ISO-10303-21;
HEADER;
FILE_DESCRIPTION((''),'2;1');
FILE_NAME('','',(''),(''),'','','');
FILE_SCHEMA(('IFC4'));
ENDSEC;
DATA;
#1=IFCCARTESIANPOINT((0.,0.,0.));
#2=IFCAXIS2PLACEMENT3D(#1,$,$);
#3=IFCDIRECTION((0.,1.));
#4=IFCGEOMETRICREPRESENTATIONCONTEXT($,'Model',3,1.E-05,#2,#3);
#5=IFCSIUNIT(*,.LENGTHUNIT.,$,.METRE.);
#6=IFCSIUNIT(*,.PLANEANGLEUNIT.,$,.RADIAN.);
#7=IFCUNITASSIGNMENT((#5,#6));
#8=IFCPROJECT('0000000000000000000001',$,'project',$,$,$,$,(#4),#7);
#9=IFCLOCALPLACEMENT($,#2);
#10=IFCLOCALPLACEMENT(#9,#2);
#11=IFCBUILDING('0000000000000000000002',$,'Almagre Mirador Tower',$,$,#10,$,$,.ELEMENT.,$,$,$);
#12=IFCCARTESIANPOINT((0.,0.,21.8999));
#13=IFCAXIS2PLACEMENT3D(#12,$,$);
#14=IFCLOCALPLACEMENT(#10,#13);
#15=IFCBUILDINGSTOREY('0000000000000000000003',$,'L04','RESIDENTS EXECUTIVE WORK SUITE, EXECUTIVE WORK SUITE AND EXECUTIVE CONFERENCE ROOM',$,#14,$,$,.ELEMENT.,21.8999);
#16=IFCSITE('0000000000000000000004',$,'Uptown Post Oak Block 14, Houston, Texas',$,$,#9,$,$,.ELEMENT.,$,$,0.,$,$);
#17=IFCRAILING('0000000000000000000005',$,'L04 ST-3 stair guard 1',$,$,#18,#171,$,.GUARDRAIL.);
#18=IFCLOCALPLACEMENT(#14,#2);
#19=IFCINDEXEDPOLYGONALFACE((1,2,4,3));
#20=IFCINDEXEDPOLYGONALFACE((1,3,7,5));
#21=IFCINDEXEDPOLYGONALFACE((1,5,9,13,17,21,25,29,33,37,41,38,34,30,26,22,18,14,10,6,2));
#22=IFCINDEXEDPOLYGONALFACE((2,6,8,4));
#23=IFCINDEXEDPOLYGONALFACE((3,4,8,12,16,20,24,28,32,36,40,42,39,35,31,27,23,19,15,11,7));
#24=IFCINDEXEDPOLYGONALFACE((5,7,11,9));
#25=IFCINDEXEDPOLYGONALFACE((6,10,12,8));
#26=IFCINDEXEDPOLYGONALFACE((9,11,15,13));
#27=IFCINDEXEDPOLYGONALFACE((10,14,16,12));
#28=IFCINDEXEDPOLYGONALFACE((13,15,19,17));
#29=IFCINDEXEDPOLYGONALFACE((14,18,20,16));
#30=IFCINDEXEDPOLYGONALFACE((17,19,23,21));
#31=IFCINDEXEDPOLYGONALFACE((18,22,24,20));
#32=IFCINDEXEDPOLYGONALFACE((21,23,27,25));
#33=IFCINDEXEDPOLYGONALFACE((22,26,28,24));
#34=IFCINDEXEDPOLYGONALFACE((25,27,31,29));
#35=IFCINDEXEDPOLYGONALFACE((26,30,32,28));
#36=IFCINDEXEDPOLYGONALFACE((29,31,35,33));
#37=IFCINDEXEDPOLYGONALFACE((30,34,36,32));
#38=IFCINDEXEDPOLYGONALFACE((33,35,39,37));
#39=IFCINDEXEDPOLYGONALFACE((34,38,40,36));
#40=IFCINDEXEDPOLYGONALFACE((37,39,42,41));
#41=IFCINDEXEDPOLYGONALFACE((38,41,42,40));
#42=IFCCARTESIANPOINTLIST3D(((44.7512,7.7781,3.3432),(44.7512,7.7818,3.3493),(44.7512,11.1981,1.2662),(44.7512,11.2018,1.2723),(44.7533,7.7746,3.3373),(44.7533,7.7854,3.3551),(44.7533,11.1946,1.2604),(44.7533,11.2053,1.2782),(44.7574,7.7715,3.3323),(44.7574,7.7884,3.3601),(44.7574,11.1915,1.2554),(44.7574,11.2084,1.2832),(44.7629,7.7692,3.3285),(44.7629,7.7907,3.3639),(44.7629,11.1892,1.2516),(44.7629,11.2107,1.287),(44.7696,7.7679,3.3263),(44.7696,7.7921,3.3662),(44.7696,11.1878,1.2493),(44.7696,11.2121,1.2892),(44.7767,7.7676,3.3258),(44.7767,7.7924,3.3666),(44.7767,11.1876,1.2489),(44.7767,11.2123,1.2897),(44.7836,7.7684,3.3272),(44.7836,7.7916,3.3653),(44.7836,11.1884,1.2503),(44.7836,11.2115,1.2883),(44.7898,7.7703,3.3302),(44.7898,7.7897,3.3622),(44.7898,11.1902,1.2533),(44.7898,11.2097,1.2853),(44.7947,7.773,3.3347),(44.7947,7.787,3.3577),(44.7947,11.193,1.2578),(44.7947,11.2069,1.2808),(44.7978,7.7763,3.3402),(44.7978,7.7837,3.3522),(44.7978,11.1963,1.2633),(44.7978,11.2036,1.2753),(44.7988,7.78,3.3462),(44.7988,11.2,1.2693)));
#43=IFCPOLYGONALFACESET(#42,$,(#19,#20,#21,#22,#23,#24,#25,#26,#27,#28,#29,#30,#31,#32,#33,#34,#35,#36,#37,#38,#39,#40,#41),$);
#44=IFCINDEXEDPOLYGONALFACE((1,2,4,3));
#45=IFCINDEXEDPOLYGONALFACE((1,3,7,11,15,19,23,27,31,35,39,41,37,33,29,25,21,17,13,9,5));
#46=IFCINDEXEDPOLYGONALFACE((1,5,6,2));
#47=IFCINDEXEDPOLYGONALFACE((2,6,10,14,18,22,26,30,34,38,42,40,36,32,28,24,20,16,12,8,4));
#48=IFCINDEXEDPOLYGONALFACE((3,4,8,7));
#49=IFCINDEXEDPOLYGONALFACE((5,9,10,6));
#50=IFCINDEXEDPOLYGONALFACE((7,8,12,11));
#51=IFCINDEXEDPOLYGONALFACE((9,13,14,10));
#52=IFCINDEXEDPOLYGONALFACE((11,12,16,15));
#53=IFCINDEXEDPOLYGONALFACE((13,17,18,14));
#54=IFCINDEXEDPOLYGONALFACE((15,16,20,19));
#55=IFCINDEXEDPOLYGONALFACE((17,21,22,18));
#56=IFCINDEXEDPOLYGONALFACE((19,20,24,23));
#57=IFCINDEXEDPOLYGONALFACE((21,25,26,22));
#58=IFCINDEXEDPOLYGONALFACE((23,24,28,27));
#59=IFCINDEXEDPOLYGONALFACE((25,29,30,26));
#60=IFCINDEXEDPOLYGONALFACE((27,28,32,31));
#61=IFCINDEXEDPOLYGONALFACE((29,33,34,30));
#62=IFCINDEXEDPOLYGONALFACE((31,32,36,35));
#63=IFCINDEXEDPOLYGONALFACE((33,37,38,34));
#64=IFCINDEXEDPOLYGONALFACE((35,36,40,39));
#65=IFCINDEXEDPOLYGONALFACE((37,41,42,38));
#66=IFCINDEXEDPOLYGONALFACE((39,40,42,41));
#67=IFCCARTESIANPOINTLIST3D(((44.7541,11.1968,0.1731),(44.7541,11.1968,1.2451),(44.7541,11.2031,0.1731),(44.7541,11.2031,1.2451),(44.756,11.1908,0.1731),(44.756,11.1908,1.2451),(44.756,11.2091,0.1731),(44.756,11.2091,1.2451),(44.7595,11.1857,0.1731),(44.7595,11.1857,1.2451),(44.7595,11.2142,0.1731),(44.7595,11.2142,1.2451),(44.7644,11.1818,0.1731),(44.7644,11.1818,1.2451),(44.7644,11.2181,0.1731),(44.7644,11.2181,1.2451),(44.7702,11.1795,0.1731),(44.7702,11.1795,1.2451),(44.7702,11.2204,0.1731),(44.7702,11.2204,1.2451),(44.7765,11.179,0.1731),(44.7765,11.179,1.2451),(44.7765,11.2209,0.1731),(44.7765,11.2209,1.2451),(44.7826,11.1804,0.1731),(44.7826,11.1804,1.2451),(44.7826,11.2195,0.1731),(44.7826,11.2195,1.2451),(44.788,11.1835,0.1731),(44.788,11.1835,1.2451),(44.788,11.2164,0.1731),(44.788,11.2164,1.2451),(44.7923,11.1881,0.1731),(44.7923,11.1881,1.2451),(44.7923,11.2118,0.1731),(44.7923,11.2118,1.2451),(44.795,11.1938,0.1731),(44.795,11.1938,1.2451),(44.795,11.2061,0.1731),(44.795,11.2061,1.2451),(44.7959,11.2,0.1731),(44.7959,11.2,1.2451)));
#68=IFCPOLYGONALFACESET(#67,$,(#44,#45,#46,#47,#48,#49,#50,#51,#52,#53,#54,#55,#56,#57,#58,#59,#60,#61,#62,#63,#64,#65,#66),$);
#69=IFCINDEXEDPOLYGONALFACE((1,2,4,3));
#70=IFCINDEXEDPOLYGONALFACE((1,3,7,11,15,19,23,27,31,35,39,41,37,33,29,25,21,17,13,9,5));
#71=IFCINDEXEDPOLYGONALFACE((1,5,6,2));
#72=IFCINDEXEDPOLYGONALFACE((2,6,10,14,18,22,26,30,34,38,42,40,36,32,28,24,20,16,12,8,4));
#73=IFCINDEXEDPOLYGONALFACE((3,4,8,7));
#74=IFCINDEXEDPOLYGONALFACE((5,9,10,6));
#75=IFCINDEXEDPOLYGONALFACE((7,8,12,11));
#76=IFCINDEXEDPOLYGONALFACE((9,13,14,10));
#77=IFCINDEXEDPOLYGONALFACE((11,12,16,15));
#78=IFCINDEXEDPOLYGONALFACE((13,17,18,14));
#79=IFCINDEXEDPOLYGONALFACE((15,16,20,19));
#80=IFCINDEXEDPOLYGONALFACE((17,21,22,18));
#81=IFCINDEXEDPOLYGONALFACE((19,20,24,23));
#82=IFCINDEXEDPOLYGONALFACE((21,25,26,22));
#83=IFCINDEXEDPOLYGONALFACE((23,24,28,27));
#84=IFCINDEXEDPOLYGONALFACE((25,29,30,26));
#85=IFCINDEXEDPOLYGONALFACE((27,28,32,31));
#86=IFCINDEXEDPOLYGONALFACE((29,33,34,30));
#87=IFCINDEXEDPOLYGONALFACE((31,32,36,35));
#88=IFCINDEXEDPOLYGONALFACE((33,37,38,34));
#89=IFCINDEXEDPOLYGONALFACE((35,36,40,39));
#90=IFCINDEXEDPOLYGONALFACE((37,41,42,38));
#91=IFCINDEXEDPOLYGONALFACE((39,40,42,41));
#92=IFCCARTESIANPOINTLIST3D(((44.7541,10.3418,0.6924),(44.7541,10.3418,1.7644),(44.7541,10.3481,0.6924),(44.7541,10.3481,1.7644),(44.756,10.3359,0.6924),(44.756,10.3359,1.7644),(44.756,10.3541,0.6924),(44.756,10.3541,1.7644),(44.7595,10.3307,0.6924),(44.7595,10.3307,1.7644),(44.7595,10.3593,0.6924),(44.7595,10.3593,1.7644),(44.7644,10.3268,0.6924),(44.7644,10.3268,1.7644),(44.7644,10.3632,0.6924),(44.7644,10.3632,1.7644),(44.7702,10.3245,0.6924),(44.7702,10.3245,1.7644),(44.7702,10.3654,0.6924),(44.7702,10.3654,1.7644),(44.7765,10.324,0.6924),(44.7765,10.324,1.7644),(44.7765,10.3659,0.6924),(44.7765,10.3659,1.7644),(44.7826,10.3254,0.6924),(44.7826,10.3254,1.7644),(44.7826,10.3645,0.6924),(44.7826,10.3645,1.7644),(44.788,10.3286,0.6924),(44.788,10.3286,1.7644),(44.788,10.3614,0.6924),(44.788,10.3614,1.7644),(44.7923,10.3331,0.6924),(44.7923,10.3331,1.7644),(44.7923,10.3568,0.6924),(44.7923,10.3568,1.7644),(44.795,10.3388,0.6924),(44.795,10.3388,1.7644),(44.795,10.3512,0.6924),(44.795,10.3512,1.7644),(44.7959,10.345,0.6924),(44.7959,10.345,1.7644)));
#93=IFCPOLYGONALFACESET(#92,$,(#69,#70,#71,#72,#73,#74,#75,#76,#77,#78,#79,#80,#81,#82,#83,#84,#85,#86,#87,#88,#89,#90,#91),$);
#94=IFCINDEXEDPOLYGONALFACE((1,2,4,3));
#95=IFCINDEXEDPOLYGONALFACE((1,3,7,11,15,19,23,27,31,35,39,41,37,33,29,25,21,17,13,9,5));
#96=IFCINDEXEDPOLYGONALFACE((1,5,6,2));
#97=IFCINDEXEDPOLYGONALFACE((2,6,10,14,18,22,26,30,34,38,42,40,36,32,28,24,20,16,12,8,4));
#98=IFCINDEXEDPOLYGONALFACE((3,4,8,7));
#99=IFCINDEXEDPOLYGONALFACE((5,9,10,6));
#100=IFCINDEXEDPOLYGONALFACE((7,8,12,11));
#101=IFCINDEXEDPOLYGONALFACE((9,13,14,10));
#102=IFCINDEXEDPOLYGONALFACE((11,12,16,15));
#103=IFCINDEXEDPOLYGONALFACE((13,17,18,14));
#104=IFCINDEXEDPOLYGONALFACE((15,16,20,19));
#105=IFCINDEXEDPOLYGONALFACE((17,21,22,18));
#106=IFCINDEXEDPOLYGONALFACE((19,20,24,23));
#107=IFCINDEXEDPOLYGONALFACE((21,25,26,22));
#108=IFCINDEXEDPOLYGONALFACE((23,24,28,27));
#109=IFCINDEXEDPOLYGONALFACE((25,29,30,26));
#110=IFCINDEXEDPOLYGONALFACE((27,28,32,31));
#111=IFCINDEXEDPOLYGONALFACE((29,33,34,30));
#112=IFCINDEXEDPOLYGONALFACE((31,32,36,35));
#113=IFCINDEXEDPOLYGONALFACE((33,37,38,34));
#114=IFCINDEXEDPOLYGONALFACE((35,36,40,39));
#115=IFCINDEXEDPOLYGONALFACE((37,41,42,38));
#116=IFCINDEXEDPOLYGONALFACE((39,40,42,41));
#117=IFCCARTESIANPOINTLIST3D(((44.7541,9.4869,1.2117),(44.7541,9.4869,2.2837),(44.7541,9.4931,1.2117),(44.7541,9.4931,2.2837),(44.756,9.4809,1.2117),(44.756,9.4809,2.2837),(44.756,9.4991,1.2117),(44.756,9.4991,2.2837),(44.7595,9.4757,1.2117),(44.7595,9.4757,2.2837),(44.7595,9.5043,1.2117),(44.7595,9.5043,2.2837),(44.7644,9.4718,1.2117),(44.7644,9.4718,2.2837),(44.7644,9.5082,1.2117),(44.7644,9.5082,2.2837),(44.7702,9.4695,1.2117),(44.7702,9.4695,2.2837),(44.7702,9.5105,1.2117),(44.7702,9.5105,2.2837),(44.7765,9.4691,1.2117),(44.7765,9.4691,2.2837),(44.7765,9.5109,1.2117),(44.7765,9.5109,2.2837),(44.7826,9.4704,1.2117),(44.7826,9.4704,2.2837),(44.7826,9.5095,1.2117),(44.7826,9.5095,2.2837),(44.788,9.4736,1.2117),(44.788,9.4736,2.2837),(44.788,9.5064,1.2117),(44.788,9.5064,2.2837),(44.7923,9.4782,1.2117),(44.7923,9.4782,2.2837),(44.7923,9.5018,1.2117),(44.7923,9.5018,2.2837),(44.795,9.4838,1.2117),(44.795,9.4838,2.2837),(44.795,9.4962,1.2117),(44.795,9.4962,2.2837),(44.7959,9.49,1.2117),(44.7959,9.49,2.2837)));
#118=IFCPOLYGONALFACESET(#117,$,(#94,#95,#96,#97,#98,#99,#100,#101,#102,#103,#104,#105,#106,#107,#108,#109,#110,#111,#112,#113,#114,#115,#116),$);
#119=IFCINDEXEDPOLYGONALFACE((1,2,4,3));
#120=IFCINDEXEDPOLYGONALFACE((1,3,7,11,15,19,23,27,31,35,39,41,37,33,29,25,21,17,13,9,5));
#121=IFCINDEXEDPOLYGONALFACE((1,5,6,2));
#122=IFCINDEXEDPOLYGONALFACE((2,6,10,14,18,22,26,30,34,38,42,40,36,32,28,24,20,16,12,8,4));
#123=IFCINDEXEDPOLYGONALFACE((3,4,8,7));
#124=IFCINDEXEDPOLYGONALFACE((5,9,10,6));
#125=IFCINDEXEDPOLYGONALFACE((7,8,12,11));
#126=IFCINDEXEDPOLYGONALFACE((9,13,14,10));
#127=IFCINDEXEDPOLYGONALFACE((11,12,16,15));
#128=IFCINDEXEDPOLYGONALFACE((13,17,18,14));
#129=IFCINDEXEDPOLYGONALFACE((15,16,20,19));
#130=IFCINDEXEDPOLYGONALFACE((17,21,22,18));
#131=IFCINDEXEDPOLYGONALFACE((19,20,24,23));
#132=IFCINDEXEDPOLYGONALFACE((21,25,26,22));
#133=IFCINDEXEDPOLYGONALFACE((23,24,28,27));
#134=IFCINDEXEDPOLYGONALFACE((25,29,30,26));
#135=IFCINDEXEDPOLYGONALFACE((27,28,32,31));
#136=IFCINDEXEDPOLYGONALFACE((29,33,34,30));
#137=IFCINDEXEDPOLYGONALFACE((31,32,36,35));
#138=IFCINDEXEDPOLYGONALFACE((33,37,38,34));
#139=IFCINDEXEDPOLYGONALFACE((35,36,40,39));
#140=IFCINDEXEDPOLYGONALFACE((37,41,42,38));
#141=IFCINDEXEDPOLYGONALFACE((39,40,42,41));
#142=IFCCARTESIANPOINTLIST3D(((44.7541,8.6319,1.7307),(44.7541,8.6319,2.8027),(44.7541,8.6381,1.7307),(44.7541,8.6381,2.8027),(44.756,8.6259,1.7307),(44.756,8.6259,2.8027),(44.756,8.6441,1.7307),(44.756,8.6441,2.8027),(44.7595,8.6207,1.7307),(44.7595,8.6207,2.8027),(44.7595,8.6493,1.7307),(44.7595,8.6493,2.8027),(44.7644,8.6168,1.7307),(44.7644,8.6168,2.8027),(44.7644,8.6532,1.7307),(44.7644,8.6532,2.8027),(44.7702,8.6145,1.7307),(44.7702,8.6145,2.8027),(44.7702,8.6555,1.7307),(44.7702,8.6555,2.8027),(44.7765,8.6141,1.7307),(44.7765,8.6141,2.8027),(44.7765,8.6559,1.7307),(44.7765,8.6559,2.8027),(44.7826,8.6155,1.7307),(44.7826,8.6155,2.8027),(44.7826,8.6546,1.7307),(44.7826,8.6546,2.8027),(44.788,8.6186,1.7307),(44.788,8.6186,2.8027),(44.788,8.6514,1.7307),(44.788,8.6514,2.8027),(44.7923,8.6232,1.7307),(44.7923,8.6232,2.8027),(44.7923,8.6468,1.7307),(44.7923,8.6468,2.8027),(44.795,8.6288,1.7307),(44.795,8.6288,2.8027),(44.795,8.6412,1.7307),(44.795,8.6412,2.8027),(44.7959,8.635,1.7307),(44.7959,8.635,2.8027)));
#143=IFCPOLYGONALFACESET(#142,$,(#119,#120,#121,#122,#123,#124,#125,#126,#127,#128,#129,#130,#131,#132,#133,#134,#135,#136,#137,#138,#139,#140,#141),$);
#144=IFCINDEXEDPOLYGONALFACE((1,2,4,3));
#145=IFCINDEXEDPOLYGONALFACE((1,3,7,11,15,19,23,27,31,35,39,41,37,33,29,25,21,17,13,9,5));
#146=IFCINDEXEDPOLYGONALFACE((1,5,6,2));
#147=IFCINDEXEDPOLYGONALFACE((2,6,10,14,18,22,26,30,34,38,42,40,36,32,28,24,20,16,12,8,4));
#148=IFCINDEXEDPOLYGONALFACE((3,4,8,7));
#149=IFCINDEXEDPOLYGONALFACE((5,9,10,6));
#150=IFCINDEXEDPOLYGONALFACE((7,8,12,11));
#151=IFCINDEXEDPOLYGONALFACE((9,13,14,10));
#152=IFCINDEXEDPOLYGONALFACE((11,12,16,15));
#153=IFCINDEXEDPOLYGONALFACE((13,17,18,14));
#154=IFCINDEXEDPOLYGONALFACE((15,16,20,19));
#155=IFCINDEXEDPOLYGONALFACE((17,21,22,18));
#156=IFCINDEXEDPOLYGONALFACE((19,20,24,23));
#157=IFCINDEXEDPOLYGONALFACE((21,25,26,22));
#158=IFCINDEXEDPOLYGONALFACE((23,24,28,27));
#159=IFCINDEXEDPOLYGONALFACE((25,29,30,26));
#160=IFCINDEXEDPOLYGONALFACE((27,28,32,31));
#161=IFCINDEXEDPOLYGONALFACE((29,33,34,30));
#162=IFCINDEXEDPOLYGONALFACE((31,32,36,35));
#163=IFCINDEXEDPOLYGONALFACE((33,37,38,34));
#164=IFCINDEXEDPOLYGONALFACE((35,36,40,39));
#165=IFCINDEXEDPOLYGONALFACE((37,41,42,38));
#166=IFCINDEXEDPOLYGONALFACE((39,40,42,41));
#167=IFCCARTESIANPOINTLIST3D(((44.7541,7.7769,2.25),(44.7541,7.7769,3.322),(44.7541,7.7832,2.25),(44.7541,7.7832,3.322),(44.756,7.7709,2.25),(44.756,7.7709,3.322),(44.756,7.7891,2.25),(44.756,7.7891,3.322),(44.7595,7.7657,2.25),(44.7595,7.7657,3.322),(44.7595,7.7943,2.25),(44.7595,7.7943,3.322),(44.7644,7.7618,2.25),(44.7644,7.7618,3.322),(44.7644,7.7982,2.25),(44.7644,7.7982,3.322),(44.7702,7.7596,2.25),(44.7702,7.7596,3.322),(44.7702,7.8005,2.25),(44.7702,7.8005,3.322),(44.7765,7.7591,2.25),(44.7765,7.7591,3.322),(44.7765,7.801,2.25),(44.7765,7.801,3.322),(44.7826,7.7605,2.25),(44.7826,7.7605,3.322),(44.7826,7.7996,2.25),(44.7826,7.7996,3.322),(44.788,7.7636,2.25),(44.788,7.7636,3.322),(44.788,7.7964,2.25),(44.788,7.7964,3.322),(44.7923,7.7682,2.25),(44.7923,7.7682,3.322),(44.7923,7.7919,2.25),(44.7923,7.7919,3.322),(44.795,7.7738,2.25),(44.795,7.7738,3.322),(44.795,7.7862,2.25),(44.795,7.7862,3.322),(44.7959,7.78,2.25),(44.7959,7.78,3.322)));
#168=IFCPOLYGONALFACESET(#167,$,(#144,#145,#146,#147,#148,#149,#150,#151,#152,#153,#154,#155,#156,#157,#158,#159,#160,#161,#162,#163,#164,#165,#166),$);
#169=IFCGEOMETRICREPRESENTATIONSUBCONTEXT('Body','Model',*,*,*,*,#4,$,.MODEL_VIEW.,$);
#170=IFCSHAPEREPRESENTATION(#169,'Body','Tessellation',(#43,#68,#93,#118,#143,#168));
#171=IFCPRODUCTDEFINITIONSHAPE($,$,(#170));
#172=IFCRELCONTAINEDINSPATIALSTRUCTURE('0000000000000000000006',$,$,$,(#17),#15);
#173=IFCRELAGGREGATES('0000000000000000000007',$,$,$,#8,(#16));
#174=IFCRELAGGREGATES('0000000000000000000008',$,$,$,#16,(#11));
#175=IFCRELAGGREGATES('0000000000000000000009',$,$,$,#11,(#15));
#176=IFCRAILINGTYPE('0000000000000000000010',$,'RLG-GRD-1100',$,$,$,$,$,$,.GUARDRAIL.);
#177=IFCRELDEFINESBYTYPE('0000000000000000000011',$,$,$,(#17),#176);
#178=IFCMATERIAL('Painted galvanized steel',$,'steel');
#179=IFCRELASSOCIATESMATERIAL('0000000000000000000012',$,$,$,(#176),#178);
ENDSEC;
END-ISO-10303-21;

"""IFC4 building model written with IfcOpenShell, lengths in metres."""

from ifc_helpers import new_model, si_unit, direction, frame, origin, origin_2d, place, context, subcontext, project, spatial, circle, extrude, material, type_object, element, save


model = new_model("IFC4")

# Units and contexts
model_context = context("Model", 3, precision=1e-05, world=origin(), true_north=direction((0.0, 1.0)))
body_context = subcontext(model_context, "Body", "Model", "MODEL_VIEW")
ifc_project = project(units=[si_unit("LENGTHUNIT", "METRE"), si_unit("PLANEANGLEUNIT", "RADIAN")], contexts=[model_context])

# Site, building, storey
site_placement = place(None, origin())
site = spatial("IfcSite", under=ifc_project, at=site_placement, Name="Uptown Post Oak Block 14, Houston, Texas", CompositionType="ELEMENT", RefElevation=0.0)
building_placement = place(site_placement, origin())
building = spatial("IfcBuilding", under=site, at=building_placement, Name="Almagre Mirador Tower", CompositionType="ELEMENT")
storey_placement = place(building_placement, frame((0.0, 0.0, 21.8999)))
storey = spatial("IfcBuildingStorey", under=building, at=storey_placement, Name="L04", Description="RESIDENTS EXECUTIVE WORK SUITE, EXECUTIVE WORK SUITE AND EXECUTIVE CONFERENCE ROOM", CompositionType="ELEMENT", Elevation=21.8999)

# Railing
ifc_material_1 = material(Name="Painted galvanized steel", Category="steel")
railing_type_1 = type_object("IfcRailingType", Name="RLG-GRD-1100", PredefinedType="GUARDRAIL", material=ifc_material_1)
railing_1_placement = place(storey_placement, frame((44.7749, 11.2, 0.1731)))
element("IfcRailing", 1, at=railing_1_placement, inside=storey, type_object=railing_type_1, Name="L04 ST-3 stair guard 1", PredefinedType="GUARDRAIL", context=body_context, shape_type="SweptSolid", body=[
    extrude(circle(Radius=0.0239, at=origin_2d()), frame((0.0, 0.0, 1.0962), z_axis=(0.0, -0.85473, 0.519074), x_axis=(1.0, 0.0, 0.0)), (0.0, 0.0, 1.0), 4.0012),
    extrude(circle(Radius=0.021, at=origin_2d()), origin(), (0.0, 0.0, 1.0), 1.072),
    extrude(circle(Radius=0.021, at=origin_2d()), frame((0.0, -0.855, 0.5193)), (0.0, 0.0, 1.0), 1.072),
    extrude(circle(Radius=0.021, at=origin_2d()), frame((0.0, -1.71, 1.0386)), (0.0, 0.0, 1.0), 1.072),
    extrude(circle(Radius=0.021, at=origin_2d()), frame((0.0, -2.5649, 1.5576)), (0.0, 0.0, 1.0), 1.072),
    extrude(circle(Radius=0.021, at=origin_2d()), frame((0.0, -3.4199, 2.0769)), (0.0, 0.0, 1.0), 1.072),
])

save(model, "model.ifc")
